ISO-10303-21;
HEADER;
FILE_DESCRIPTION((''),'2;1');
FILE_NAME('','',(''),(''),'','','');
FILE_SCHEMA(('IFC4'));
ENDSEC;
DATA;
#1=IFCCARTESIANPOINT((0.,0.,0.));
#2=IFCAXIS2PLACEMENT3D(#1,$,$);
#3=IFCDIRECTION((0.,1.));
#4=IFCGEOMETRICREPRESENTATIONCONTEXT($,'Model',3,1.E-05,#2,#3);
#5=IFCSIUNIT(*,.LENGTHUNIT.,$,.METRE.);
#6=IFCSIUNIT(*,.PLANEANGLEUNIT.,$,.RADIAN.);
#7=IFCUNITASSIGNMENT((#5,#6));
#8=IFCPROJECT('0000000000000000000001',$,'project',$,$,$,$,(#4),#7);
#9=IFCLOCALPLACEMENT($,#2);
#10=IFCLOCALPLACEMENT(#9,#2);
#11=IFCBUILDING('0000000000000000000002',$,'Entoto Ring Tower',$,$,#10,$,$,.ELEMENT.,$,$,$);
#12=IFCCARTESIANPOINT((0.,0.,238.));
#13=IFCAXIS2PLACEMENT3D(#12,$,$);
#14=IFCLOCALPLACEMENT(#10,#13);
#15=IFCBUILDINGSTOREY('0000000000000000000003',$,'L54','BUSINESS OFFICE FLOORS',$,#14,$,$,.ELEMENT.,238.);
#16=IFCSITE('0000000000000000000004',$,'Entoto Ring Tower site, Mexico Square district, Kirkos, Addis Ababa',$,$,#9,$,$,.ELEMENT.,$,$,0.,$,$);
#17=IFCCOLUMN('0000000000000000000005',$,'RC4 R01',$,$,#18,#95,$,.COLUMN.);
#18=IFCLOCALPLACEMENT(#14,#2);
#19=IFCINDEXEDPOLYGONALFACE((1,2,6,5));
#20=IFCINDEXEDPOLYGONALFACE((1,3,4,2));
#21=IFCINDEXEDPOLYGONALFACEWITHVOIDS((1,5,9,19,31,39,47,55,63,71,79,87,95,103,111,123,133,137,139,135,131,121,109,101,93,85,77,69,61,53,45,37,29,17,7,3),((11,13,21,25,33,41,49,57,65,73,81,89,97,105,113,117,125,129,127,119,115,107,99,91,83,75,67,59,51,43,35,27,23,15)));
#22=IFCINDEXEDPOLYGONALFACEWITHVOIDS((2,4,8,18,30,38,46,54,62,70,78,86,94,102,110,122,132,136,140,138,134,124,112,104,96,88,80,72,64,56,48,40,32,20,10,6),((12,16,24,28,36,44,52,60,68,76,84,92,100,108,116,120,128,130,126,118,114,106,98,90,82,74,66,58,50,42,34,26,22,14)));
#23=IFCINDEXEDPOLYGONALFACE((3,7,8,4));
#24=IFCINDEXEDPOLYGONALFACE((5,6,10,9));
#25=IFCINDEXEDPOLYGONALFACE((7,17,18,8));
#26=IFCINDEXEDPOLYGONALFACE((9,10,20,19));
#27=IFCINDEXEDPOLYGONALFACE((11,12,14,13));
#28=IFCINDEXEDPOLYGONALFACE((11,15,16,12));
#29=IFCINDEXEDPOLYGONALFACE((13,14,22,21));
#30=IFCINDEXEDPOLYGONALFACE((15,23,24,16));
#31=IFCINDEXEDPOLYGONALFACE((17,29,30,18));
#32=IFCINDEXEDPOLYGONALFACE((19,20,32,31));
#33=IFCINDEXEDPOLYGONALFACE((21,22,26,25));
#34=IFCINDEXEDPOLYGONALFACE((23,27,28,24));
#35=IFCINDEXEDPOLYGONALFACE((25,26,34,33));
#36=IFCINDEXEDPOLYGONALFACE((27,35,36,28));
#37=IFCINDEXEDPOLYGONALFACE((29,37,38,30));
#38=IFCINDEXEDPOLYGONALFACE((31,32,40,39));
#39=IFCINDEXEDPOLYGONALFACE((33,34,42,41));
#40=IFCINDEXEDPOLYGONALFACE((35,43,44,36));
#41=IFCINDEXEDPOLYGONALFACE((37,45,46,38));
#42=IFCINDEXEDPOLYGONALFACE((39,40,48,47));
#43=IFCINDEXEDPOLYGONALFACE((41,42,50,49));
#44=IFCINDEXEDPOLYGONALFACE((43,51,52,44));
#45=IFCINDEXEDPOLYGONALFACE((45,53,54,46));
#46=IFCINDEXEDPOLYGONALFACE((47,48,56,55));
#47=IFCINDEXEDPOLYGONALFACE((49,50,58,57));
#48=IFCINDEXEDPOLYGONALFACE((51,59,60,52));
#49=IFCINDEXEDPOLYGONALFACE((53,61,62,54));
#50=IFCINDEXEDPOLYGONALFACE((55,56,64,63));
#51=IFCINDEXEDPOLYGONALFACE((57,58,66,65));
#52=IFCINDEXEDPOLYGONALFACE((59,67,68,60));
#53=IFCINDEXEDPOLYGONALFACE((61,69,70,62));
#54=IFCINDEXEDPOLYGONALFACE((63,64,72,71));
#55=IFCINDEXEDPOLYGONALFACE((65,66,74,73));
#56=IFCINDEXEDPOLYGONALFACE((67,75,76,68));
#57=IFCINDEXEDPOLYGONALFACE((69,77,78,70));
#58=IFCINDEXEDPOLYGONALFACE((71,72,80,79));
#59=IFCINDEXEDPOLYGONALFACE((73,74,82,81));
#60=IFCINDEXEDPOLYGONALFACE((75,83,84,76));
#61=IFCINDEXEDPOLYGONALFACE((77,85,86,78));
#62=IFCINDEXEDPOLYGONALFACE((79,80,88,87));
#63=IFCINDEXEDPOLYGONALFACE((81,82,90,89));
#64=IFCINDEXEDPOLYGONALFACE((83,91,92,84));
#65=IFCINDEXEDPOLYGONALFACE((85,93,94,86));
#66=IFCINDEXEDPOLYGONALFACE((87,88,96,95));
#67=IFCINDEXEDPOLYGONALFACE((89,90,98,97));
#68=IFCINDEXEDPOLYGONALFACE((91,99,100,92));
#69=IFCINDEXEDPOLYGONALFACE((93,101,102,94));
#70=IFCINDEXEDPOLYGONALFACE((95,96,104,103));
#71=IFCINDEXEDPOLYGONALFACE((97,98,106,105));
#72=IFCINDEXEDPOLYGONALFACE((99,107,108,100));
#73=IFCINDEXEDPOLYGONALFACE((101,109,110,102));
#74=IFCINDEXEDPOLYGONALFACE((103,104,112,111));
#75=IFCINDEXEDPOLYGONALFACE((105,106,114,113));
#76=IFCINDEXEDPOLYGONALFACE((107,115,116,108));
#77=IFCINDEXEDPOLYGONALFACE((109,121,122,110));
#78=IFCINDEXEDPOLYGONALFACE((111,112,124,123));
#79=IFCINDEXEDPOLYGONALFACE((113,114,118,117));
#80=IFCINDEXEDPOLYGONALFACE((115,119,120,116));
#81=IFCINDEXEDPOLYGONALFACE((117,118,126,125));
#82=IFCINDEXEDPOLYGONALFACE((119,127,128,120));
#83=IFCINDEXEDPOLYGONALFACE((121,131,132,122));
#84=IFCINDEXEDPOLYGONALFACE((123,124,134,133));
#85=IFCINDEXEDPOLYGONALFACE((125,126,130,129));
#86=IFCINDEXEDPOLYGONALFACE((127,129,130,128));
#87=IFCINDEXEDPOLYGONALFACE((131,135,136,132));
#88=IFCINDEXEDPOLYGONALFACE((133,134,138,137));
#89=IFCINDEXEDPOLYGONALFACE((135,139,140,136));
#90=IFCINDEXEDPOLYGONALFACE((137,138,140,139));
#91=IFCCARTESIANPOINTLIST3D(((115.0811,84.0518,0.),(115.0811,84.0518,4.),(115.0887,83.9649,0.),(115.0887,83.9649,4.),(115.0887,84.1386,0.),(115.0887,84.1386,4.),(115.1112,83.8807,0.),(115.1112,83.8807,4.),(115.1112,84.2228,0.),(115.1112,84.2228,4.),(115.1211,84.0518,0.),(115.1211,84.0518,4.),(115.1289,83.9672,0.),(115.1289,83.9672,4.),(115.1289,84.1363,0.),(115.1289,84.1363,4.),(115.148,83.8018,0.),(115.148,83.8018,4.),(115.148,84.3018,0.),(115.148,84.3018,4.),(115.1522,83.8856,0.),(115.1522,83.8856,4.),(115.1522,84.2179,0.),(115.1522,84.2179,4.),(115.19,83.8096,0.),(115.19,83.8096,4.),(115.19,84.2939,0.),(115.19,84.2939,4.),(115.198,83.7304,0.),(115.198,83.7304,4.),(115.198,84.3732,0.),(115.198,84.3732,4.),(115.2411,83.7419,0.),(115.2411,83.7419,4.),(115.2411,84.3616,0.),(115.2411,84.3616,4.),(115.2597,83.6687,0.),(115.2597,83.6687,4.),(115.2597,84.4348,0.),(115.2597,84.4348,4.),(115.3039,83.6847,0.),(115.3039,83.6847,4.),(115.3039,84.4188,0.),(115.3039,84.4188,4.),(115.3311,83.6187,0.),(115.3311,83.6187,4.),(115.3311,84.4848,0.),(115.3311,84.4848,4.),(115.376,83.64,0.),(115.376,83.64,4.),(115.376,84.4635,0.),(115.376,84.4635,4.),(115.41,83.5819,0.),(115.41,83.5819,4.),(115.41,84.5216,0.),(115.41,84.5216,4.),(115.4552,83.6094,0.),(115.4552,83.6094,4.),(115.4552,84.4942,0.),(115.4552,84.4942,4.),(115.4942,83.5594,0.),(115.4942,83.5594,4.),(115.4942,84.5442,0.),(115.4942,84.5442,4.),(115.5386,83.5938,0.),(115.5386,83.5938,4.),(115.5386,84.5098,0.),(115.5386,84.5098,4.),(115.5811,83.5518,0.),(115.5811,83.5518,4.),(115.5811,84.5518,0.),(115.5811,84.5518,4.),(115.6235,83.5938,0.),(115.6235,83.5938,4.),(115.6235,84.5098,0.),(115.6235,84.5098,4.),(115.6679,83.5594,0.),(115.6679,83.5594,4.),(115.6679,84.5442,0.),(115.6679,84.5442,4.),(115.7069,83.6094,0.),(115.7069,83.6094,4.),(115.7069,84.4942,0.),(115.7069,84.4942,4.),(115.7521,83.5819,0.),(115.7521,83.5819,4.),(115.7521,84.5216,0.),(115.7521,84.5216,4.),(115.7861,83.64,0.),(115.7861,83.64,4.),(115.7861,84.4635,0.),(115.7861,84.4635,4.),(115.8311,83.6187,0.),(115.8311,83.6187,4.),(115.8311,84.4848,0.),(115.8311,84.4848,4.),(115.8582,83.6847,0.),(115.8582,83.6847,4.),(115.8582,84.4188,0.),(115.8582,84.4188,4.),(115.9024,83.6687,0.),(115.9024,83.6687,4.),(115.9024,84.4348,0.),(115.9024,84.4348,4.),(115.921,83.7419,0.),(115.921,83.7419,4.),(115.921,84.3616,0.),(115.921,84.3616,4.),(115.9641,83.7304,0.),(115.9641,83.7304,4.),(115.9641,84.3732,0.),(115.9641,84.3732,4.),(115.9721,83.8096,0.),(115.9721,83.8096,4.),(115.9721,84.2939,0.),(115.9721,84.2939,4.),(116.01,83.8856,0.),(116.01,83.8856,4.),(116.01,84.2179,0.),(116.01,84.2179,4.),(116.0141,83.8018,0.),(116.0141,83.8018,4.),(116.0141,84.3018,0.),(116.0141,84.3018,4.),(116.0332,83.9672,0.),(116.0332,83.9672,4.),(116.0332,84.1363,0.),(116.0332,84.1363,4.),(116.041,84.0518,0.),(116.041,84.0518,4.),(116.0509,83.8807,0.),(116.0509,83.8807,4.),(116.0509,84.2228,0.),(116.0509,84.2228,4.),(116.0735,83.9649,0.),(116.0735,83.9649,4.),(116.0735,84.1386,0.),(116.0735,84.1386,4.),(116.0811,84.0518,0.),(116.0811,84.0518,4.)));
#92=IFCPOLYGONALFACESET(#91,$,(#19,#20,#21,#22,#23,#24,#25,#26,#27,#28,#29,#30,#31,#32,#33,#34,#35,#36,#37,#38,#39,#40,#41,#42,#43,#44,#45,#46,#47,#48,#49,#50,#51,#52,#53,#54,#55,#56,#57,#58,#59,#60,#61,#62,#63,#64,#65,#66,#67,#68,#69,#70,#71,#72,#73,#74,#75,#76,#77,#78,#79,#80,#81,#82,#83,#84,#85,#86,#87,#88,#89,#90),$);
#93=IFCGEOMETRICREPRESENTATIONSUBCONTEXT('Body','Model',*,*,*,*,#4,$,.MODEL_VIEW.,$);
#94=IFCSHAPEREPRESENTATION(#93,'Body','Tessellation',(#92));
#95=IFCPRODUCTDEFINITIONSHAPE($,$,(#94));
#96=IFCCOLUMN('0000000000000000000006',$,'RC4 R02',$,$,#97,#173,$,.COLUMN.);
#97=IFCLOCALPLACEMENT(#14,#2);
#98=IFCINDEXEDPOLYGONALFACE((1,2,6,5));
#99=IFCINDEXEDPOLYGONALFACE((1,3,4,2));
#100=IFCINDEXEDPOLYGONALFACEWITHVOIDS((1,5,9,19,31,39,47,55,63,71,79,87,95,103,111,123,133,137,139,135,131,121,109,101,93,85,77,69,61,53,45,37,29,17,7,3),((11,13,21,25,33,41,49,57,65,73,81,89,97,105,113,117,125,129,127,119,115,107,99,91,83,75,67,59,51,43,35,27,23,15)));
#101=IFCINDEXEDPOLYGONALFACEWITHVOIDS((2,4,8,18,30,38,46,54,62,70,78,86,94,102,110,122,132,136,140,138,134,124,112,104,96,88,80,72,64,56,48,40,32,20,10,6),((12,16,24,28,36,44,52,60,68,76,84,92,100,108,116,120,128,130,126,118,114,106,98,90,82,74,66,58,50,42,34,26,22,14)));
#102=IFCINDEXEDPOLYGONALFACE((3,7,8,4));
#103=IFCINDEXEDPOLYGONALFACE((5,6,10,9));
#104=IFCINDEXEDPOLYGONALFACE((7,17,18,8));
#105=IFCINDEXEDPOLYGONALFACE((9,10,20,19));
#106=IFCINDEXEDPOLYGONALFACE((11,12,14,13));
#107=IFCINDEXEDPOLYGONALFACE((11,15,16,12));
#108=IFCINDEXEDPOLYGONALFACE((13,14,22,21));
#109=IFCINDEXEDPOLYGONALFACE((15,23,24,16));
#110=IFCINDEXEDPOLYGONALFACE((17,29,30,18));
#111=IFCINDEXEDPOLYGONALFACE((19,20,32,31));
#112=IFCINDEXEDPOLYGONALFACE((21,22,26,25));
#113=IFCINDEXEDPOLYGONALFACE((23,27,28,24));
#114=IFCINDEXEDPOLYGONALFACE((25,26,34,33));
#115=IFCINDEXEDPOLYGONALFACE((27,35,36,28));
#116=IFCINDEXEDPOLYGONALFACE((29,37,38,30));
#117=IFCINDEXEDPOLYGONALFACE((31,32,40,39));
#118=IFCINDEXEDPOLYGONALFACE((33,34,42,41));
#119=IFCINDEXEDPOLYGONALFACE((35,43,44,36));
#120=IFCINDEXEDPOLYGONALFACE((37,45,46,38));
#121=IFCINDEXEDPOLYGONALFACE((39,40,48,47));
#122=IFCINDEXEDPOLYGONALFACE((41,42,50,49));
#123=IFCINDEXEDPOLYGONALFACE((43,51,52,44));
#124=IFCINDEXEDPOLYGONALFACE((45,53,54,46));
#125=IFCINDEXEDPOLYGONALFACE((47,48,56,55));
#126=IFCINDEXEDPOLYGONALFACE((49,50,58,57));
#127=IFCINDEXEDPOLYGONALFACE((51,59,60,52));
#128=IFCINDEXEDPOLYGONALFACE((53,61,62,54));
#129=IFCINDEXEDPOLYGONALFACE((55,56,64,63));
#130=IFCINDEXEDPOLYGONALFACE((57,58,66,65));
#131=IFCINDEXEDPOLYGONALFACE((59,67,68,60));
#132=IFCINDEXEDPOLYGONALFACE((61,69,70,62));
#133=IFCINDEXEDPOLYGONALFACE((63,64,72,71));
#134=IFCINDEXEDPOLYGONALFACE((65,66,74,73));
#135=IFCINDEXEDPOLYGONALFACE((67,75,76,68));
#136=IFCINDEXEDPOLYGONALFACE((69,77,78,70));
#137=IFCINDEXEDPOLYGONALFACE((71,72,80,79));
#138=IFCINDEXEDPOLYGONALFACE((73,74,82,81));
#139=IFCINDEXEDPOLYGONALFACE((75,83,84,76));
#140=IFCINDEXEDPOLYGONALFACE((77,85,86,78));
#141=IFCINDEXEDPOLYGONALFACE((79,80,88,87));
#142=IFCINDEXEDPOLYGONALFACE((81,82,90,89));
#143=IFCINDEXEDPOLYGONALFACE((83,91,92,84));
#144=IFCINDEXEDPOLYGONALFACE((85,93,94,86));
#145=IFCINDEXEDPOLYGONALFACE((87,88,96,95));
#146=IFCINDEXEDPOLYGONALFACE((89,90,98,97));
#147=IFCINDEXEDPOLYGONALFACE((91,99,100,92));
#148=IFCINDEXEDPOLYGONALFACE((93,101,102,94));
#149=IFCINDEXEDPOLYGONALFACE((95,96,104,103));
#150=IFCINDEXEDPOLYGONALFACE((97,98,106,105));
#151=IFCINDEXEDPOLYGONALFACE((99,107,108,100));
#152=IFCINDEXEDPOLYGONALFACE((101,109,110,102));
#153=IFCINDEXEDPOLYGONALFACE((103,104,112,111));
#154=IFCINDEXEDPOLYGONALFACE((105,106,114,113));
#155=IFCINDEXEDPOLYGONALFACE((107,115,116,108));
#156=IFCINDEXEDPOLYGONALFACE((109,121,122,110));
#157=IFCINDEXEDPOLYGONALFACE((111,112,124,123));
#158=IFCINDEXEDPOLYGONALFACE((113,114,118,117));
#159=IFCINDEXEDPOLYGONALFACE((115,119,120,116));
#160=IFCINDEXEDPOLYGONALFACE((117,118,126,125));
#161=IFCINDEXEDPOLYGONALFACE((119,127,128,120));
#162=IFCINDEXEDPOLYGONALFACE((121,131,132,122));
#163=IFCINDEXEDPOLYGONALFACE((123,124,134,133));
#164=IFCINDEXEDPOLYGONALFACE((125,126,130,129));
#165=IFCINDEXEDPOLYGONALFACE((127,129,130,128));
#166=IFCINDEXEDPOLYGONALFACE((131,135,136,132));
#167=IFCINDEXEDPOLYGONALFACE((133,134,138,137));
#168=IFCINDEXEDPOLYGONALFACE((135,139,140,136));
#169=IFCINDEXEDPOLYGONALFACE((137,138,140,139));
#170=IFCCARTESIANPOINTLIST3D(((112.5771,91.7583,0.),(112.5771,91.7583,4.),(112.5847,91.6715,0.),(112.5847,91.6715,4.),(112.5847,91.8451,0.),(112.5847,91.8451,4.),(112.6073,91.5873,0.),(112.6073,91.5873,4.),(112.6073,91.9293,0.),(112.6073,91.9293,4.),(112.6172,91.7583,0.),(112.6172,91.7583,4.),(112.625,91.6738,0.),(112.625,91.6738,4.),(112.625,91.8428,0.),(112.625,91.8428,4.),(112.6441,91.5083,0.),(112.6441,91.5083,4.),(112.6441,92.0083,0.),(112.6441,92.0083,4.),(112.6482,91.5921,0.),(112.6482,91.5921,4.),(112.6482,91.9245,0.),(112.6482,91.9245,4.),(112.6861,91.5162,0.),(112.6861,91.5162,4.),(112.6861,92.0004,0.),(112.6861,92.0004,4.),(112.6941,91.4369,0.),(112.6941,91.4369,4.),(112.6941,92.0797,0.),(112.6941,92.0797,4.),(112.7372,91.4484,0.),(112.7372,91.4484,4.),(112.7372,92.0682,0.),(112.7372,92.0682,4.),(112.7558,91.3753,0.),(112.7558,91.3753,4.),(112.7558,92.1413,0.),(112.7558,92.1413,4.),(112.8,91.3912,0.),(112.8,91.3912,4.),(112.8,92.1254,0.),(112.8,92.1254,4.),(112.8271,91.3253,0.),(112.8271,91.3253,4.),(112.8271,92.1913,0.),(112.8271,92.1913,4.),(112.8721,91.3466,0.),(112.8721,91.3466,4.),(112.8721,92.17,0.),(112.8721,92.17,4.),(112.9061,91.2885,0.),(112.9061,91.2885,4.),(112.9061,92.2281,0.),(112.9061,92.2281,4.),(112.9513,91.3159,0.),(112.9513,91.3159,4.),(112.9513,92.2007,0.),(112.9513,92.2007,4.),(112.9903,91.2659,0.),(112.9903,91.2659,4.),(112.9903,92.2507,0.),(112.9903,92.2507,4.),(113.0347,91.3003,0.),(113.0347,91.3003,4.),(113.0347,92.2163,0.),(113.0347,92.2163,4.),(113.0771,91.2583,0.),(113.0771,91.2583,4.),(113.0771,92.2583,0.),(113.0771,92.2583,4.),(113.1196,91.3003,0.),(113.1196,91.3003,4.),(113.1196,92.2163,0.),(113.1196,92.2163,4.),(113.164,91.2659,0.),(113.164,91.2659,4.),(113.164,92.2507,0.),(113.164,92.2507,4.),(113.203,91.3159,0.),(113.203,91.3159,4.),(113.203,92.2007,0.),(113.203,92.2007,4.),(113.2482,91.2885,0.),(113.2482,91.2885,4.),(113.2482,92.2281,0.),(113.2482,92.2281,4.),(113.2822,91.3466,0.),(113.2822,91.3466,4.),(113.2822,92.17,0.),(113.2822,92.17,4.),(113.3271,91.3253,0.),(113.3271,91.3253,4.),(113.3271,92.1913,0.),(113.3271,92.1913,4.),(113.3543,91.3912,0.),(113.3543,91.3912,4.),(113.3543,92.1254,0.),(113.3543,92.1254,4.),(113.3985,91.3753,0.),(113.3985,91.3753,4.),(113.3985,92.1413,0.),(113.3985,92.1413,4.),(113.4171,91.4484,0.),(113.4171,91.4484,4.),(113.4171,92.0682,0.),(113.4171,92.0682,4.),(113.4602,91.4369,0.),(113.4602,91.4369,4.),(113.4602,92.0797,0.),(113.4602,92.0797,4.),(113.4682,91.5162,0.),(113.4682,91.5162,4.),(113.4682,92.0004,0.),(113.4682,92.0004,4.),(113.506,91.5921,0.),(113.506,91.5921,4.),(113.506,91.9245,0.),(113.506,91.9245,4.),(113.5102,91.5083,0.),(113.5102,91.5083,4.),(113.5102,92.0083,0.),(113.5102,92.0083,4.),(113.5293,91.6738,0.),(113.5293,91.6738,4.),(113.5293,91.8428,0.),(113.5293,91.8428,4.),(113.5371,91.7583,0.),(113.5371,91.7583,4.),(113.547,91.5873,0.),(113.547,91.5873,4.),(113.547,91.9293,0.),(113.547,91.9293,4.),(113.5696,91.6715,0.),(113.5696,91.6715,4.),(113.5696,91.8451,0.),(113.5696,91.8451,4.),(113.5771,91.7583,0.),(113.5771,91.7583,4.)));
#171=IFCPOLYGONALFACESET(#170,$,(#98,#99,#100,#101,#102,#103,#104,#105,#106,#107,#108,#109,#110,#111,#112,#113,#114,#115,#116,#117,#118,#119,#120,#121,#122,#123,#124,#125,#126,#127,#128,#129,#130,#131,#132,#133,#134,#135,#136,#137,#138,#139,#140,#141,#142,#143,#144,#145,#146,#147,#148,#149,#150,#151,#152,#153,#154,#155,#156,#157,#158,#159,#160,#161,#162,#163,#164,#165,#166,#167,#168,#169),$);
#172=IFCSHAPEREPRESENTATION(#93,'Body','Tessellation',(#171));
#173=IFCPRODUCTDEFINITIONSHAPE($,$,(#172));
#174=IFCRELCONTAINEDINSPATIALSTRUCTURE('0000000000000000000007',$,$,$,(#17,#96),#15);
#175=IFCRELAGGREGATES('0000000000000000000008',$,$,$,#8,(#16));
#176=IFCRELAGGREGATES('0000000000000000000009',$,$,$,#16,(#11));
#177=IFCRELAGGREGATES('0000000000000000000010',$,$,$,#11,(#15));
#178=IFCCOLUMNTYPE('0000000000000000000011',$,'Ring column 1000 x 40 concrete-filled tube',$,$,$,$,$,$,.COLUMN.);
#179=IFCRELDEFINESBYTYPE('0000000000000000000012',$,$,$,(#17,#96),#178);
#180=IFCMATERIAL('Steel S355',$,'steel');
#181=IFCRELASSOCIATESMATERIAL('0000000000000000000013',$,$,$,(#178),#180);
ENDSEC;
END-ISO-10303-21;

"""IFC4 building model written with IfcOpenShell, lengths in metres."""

from ifc_helpers import new_model, si_unit, direction, frame, origin, origin_2d, place, context, subcontext, project, spatial, circle, hollow_circle, extrude, material, material_profile, profile_set, type_object, element, save


model = new_model("IFC4")

# Units and contexts
model_context = context("Model", 3, precision=1e-05, world=origin(), true_north=direction((0.0, 1.0)))
body_context = subcontext(model_context, "Body", "Model", "MODEL_VIEW")
ifc_project = project(units=[si_unit("LENGTHUNIT", "METRE"), si_unit("PLANEANGLEUNIT", "RADIAN")], contexts=[model_context])

# Site, building, storey
site_placement = place(None, origin())
site = spatial("IfcSite", under=ifc_project, at=site_placement, Name="Entoto Ring Tower site, Mexico Square district, Kirkos, Addis Ababa", CompositionType="ELEMENT", RefElevation=0.0)
building_placement = place(site_placement, origin())
building = spatial("IfcBuilding", under=site, at=building_placement, Name="Entoto Ring Tower", CompositionType="ELEMENT")
storey_placement = place(building_placement, frame((0.0, 0.0, 238.0)))
storey = spatial("IfcBuildingStorey", under=building, at=storey_placement, Name="L54", Description="BUSINESS OFFICE FLOORS", CompositionType="ELEMENT", Elevation=238.0)

# Columns
ifc_material_1 = material(Name="Steel S355", Category="steel")
ifc_material_profile_1 = material_profile(ifc_material_1, hollow_circle(Radius=0.5, WallThickness=0.04, at=origin_2d()), Name="CHS 1000 x 40")
ifc_material_2 = material(Name="Concrete C60/75", Category="concrete")
ifc_material_profile_2 = material_profile(ifc_material_2, circle(Radius=0.46, at=origin_2d()), Name="Concrete C60/75 infill")
ifc_profile_set_1 = profile_set([ifc_material_profile_1, ifc_material_profile_2], Name="Steel S355")
column_type = type_object("IfcColumnType", Name="Ring column 1000 x 40 concrete-filled tube", PredefinedType="COLUMN", material=ifc_profile_set_1)
for number, where, z_axis, x_axis, name in (
    (1, (115.5811, 84.0518, 0.0), (0.0, 0.0, 1.0), (1.0, 0.0, 0.0), "RC4 R01"),
    (2, (113.0771, 91.7583, 0.0), (0.0, 0.0, 1.0), (1.0, 0.0, 0.0), "RC4 R02"),
):
    element("IfcColumn", number, at=place(storey_placement, frame(where, z_axis=z_axis, x_axis=x_axis)), inside=storey, type_object=column_type, Name=name, PredefinedType="COLUMN", context=body_context, shape_type="SweptSolid", body=[
        extrude(hollow_circle(Radius=0.5, WallThickness=0.04, at=origin_2d()), origin(), (0.0, 0.0, 1.0), 4.0),
    ])

save(model, "model.ifc")
